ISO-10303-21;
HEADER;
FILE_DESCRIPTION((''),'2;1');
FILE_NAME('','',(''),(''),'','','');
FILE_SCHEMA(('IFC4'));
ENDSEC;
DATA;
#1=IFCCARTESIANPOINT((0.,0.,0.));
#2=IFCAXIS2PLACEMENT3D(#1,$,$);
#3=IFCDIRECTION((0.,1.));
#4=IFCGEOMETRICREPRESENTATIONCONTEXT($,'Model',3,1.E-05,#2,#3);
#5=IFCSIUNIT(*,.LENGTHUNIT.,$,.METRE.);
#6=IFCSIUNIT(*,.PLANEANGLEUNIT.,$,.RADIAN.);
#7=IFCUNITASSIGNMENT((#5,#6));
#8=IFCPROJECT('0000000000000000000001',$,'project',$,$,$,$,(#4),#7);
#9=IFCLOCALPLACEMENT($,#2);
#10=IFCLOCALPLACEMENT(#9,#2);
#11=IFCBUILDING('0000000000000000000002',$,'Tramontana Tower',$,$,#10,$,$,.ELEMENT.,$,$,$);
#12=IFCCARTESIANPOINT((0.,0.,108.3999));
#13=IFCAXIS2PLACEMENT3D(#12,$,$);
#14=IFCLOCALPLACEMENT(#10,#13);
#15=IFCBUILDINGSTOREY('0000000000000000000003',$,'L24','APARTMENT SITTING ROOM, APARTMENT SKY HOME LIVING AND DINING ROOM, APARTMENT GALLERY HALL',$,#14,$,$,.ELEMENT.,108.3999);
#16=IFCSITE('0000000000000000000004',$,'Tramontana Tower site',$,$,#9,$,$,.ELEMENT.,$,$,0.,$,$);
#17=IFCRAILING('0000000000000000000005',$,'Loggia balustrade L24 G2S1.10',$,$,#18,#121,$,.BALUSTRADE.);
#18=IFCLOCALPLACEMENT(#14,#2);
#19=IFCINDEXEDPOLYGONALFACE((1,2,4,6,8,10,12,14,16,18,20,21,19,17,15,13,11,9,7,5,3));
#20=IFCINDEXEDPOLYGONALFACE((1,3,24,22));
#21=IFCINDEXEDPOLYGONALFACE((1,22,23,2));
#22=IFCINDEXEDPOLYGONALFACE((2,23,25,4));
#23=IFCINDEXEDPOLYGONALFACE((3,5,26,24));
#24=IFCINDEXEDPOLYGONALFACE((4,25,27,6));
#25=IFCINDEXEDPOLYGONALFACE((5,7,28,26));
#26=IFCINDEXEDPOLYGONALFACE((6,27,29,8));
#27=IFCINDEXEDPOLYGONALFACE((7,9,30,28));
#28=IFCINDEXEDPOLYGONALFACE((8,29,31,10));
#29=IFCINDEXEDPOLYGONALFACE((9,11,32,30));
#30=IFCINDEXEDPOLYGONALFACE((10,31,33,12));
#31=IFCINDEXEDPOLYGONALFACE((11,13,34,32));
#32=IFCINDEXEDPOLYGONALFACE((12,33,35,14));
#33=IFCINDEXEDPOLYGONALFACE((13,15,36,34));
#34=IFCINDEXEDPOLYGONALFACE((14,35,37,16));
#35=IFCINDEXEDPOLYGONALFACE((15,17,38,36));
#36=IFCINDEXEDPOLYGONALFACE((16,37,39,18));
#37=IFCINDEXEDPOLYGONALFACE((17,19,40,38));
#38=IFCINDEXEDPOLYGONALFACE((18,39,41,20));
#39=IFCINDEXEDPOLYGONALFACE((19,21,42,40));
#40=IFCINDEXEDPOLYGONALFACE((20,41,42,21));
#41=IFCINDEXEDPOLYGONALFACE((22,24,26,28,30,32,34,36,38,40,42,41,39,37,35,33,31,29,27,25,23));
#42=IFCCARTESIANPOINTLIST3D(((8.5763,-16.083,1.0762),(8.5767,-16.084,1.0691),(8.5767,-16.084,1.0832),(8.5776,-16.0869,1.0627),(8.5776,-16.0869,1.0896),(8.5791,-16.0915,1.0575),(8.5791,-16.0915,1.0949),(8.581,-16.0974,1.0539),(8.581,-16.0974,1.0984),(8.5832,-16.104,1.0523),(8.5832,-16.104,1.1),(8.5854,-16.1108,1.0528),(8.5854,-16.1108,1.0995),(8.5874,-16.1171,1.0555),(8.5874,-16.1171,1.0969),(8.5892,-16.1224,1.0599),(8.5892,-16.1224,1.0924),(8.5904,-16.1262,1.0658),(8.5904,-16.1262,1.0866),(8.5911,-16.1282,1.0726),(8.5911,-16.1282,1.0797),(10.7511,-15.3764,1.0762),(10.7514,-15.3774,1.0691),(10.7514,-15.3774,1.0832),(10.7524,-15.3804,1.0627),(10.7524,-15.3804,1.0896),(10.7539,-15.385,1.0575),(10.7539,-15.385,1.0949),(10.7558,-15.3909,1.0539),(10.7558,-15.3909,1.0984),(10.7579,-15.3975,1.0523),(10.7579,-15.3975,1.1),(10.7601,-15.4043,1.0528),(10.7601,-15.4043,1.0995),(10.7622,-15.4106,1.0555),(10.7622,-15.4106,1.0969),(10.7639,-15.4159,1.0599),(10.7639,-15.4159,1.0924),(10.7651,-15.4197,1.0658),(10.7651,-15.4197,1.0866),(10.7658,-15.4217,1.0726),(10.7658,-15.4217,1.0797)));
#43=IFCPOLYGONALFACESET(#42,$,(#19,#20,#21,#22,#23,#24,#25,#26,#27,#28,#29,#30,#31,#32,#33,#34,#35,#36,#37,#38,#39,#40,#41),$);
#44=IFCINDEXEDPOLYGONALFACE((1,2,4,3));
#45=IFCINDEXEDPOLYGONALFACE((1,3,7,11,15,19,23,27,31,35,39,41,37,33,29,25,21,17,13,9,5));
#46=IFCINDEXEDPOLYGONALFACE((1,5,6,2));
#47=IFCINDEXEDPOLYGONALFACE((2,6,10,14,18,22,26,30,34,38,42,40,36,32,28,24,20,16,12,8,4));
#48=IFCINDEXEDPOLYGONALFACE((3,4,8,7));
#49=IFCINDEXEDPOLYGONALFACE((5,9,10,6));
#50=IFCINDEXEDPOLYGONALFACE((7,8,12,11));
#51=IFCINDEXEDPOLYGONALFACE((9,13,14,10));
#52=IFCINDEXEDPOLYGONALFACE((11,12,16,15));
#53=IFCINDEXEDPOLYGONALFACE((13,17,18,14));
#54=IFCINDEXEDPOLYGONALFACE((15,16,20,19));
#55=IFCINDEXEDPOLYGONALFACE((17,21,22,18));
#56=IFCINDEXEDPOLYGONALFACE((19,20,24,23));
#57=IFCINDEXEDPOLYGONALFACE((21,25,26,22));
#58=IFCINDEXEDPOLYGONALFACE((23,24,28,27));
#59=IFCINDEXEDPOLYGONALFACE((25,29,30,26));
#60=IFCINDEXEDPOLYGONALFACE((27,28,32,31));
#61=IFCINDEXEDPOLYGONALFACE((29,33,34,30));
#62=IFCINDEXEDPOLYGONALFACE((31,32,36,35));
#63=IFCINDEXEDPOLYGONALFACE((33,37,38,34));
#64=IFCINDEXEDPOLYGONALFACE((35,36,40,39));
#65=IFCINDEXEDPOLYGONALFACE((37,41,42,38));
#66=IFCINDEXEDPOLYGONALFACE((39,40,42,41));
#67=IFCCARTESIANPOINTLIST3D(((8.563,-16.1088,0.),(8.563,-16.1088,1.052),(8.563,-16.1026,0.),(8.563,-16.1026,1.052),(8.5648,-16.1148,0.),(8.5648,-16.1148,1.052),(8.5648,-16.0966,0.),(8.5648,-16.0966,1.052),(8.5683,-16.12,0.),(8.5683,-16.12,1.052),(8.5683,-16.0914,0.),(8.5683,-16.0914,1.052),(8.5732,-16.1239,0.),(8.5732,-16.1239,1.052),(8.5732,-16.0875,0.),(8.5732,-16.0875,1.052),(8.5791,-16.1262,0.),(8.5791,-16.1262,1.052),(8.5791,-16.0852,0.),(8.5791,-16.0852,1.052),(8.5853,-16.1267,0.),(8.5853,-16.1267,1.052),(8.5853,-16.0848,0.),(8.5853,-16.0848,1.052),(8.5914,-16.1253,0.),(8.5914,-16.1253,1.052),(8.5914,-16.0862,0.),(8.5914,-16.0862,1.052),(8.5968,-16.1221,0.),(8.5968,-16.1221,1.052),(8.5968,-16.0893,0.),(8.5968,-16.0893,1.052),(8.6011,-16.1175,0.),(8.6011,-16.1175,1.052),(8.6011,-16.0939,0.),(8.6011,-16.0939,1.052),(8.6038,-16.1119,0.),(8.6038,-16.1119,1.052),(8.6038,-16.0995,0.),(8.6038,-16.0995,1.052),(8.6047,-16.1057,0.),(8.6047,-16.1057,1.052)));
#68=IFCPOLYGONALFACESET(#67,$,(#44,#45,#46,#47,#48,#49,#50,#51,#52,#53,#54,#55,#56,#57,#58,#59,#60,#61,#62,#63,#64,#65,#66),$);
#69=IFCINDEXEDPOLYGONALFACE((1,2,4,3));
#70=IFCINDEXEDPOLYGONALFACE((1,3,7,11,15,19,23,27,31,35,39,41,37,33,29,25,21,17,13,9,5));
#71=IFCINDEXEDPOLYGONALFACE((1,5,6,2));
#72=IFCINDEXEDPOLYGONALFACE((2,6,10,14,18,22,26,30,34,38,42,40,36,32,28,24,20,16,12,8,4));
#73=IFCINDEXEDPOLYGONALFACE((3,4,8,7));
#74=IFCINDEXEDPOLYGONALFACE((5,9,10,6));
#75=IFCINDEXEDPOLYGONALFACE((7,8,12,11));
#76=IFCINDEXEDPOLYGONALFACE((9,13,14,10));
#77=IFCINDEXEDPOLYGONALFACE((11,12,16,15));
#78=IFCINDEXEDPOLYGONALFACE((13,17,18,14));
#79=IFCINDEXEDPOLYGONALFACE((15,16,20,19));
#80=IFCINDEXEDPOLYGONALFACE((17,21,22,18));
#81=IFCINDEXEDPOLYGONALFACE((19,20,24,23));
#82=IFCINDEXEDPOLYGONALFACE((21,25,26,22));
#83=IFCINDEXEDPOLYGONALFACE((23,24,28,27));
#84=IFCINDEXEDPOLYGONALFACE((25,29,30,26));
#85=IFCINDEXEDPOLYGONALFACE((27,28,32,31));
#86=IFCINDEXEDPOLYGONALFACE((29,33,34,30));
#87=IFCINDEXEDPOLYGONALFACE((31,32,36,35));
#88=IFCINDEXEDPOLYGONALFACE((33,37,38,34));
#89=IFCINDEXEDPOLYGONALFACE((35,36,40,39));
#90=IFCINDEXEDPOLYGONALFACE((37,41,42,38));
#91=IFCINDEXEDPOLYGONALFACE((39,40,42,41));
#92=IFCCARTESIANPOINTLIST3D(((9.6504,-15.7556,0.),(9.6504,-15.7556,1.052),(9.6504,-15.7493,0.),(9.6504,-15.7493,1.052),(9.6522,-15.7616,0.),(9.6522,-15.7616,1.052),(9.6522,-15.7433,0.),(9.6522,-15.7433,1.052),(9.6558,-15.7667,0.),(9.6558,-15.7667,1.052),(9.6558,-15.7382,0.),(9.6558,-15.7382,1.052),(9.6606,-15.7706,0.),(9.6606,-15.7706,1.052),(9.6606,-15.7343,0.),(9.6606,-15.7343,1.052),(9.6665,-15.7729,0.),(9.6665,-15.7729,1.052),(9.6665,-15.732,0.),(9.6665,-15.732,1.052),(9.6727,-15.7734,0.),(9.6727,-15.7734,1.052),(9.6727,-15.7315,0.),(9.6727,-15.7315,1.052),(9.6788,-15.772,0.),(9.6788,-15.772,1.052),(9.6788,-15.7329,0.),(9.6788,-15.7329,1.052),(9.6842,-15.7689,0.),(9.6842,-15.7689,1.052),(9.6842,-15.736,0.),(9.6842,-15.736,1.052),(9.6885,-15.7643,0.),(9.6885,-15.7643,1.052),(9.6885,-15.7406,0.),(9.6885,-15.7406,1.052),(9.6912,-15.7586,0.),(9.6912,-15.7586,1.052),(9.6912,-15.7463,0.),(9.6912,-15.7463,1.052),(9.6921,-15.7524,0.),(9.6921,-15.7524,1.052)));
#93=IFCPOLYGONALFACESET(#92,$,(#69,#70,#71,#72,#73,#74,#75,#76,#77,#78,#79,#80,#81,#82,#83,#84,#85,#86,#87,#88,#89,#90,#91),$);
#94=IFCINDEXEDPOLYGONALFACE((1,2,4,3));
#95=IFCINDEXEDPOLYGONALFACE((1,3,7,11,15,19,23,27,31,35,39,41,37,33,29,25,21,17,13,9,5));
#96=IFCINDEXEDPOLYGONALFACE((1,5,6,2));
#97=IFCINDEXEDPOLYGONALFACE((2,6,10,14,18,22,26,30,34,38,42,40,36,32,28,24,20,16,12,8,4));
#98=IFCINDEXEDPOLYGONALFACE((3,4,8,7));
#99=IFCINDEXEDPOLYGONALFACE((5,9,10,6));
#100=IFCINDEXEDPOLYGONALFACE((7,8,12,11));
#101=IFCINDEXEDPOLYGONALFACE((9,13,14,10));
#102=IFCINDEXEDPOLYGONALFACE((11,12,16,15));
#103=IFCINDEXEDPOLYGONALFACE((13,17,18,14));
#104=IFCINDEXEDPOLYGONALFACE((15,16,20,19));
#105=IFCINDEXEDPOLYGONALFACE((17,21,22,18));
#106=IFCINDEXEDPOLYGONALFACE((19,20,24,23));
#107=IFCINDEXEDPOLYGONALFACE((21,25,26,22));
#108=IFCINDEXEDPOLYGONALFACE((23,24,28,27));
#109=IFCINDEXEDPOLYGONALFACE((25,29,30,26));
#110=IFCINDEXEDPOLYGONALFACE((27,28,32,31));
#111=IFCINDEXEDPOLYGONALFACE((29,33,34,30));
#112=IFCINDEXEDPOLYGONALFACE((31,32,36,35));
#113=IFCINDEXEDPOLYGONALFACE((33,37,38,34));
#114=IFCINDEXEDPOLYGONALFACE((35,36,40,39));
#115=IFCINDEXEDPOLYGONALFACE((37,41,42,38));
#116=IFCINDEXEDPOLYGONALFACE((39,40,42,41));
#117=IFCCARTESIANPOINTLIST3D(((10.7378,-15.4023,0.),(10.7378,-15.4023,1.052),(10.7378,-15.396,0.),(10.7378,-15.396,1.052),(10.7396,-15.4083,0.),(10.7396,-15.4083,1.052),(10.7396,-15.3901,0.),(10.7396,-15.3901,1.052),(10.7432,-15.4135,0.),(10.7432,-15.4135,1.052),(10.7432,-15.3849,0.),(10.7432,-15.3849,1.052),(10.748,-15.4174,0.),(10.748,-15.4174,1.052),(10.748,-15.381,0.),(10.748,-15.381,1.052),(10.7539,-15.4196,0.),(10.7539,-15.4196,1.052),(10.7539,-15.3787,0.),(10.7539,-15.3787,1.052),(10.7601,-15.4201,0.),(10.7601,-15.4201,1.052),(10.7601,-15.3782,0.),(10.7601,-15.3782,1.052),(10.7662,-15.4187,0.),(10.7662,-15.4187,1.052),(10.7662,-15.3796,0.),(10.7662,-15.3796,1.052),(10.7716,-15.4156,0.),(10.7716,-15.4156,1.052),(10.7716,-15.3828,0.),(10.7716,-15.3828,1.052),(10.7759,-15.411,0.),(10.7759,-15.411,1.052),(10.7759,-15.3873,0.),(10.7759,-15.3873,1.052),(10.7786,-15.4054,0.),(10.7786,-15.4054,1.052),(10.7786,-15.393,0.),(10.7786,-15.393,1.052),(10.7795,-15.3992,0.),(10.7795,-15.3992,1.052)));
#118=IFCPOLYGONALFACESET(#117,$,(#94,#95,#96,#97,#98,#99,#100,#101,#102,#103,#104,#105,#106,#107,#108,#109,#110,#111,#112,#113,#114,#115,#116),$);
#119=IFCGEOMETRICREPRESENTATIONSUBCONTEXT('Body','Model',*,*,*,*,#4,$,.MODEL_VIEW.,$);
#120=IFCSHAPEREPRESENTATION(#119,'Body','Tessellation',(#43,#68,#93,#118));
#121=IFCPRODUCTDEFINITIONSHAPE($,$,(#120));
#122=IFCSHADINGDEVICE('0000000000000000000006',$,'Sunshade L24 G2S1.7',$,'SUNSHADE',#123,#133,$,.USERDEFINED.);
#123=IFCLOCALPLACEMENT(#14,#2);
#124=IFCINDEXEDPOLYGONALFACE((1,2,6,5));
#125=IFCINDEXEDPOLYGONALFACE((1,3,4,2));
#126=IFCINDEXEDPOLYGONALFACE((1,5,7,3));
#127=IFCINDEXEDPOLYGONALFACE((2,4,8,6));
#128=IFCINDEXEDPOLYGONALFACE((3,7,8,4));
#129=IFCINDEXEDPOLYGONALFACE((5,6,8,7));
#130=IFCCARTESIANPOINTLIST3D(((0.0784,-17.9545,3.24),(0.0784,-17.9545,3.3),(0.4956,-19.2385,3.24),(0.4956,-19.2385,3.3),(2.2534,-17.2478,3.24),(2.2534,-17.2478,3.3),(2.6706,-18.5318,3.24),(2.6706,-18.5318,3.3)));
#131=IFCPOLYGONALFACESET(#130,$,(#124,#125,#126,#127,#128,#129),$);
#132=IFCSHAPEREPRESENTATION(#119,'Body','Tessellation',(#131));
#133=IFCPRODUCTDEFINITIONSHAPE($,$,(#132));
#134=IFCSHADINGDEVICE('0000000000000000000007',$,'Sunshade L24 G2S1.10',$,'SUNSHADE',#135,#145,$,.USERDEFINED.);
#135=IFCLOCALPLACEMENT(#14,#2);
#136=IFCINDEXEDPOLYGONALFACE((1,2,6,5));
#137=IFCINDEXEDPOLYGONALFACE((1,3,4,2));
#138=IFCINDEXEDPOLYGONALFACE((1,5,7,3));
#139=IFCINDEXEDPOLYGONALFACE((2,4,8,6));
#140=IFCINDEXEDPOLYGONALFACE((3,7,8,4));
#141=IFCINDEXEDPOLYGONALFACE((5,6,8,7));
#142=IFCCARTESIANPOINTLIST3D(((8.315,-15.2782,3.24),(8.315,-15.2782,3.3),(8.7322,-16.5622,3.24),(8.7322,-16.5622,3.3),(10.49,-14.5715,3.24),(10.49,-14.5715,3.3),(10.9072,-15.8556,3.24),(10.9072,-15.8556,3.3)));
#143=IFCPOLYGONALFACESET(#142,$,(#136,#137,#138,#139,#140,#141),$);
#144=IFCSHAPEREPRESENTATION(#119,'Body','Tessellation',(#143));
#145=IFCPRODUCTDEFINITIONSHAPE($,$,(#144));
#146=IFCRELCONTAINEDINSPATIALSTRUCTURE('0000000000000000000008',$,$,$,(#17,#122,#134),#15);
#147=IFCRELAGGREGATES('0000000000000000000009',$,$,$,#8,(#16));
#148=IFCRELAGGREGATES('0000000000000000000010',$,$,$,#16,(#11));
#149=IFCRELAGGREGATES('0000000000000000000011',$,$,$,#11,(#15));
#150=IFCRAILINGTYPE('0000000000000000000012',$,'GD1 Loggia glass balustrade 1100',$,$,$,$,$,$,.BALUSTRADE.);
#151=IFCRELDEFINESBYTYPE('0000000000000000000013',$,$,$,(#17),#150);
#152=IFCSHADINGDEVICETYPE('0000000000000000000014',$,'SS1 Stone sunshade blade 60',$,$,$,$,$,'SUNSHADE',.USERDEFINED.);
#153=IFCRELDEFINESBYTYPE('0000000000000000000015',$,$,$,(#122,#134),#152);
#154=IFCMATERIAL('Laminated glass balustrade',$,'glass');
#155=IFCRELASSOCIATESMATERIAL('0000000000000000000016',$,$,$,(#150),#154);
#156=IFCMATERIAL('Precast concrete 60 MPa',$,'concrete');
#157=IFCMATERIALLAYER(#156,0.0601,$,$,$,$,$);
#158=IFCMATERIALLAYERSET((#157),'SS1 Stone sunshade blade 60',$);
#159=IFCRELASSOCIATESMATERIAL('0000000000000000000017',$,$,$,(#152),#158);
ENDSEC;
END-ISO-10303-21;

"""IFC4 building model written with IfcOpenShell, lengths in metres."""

from ifc_helpers import new_model, si_unit, direction, frame, origin, origin_2d, place, context, subcontext, project, spatial, rectangle, circle, extrude, material, layer, layer_set, type_object, element, save


model = new_model("IFC4")

# Units and contexts
model_context = context("Model", 3, precision=1e-05, world=origin(), true_north=direction((0.0, 1.0)))
body_context = subcontext(model_context, "Body", "Model", "MODEL_VIEW")
ifc_project = project(units=[si_unit("LENGTHUNIT", "METRE"), si_unit("PLANEANGLEUNIT", "RADIAN")], contexts=[model_context])

# Site, building, storey
site_placement = place(None, origin())
site = spatial("IfcSite", under=ifc_project, at=site_placement, Name="Tramontana Tower site", CompositionType="ELEMENT", RefElevation=0.0)
building_placement = place(site_placement, origin())
building = spatial("IfcBuilding", under=site, at=building_placement, Name="Tramontana Tower", CompositionType="ELEMENT")
storey_placement = place(building_placement, frame((0.0, 0.0, 108.3999)))
storey = spatial("IfcBuildingStorey", under=building, at=storey_placement, Name="L24", Description="APARTMENT SITTING ROOM, APARTMENT SKY HOME LIVING AND DINING ROOM, APARTMENT GALLERY HALL", CompositionType="ELEMENT", Elevation=108.3999)

# Railing
ifc_material_1 = material(Name="Laminated glass balustrade", Category="glass")
railing_type = type_object("IfcRailingType", Name="GD1 Loggia glass balustrade 1100", PredefinedType="BALUSTRADE", material=ifc_material_1)
railing_1_placement = place(storey_placement, frame((8.5837, -16.1057, 0.0)))
element("IfcRailing", 1, at=railing_1_placement, inside=storey, type_object=railing_type, Name="Loggia balustrade L24 G2S1.10", PredefinedType="BALUSTRADE", context=body_context, shape_type="SweptSolid", body=[
    extrude(circle(Radius=0.0239, at=origin_2d()), frame((0.0, 0.0, 1.0762), z_axis=(0.951069, 0.30898, 0.0), x_axis=(-0.30898, 0.951069, 0.0)), (0.0, 0.0, 1.0), 2.2866),
    extrude(circle(Radius=0.021, at=origin_2d()), origin(), (0.0, 0.0, 1.0), 1.052),
    extrude(circle(Radius=0.021, at=origin_2d()), frame((1.0874, 0.3533, 0.0)), (0.0, 0.0, 1.0), 1.052),
    extrude(circle(Radius=0.021, at=origin_2d()), frame((2.1748, 0.7065, 0.0)), (0.0, 0.0, 1.0), 1.052),
])

# Shading devices
ifc_material_2 = material(Name="Precast concrete 60 MPa", Category="concrete")
ifc_layer_1 = layer(ifc_material_2, 0.0601)
ifc_layer_set_1 = layer_set([ifc_layer_1], Name="SS1 Stone sunshade blade 60")
shading_device_type = type_object("IfcShadingDeviceType", Name="SS1 Stone sunshade blade 60", ElementType="SUNSHADE", PredefinedType="USERDEFINED", material=ifc_layer_set_1)
for number, where, z_axis, x_axis, name in (
    (2, (1.3745, -18.2432, 3.24), (0.0, 0.0, 1.0), (0.951057, 0.309017, 0.0), "Sunshade L24 G2S1.7"),
    (3, (9.6111, -15.5669, 3.24), (0.0, 0.0, 1.0), (0.951057, 0.309017, 0.0), "Sunshade L24 G2S1.10"),
):
    element("IfcShadingDevice", number, at=place(storey_placement, frame(where, z_axis=z_axis, x_axis=x_axis)), inside=storey, type_object=shading_device_type, Name=name, ObjectType="SUNSHADE", PredefinedType="USERDEFINED", context=body_context, shape_type="SweptSolid", body=[
        extrude(rectangle(XDim=2.2869, YDim=1.3501, at=origin_2d()), origin(), (0.0, 0.0, 1.0), 0.0601),
    ])

save(model, "model.ifc")
